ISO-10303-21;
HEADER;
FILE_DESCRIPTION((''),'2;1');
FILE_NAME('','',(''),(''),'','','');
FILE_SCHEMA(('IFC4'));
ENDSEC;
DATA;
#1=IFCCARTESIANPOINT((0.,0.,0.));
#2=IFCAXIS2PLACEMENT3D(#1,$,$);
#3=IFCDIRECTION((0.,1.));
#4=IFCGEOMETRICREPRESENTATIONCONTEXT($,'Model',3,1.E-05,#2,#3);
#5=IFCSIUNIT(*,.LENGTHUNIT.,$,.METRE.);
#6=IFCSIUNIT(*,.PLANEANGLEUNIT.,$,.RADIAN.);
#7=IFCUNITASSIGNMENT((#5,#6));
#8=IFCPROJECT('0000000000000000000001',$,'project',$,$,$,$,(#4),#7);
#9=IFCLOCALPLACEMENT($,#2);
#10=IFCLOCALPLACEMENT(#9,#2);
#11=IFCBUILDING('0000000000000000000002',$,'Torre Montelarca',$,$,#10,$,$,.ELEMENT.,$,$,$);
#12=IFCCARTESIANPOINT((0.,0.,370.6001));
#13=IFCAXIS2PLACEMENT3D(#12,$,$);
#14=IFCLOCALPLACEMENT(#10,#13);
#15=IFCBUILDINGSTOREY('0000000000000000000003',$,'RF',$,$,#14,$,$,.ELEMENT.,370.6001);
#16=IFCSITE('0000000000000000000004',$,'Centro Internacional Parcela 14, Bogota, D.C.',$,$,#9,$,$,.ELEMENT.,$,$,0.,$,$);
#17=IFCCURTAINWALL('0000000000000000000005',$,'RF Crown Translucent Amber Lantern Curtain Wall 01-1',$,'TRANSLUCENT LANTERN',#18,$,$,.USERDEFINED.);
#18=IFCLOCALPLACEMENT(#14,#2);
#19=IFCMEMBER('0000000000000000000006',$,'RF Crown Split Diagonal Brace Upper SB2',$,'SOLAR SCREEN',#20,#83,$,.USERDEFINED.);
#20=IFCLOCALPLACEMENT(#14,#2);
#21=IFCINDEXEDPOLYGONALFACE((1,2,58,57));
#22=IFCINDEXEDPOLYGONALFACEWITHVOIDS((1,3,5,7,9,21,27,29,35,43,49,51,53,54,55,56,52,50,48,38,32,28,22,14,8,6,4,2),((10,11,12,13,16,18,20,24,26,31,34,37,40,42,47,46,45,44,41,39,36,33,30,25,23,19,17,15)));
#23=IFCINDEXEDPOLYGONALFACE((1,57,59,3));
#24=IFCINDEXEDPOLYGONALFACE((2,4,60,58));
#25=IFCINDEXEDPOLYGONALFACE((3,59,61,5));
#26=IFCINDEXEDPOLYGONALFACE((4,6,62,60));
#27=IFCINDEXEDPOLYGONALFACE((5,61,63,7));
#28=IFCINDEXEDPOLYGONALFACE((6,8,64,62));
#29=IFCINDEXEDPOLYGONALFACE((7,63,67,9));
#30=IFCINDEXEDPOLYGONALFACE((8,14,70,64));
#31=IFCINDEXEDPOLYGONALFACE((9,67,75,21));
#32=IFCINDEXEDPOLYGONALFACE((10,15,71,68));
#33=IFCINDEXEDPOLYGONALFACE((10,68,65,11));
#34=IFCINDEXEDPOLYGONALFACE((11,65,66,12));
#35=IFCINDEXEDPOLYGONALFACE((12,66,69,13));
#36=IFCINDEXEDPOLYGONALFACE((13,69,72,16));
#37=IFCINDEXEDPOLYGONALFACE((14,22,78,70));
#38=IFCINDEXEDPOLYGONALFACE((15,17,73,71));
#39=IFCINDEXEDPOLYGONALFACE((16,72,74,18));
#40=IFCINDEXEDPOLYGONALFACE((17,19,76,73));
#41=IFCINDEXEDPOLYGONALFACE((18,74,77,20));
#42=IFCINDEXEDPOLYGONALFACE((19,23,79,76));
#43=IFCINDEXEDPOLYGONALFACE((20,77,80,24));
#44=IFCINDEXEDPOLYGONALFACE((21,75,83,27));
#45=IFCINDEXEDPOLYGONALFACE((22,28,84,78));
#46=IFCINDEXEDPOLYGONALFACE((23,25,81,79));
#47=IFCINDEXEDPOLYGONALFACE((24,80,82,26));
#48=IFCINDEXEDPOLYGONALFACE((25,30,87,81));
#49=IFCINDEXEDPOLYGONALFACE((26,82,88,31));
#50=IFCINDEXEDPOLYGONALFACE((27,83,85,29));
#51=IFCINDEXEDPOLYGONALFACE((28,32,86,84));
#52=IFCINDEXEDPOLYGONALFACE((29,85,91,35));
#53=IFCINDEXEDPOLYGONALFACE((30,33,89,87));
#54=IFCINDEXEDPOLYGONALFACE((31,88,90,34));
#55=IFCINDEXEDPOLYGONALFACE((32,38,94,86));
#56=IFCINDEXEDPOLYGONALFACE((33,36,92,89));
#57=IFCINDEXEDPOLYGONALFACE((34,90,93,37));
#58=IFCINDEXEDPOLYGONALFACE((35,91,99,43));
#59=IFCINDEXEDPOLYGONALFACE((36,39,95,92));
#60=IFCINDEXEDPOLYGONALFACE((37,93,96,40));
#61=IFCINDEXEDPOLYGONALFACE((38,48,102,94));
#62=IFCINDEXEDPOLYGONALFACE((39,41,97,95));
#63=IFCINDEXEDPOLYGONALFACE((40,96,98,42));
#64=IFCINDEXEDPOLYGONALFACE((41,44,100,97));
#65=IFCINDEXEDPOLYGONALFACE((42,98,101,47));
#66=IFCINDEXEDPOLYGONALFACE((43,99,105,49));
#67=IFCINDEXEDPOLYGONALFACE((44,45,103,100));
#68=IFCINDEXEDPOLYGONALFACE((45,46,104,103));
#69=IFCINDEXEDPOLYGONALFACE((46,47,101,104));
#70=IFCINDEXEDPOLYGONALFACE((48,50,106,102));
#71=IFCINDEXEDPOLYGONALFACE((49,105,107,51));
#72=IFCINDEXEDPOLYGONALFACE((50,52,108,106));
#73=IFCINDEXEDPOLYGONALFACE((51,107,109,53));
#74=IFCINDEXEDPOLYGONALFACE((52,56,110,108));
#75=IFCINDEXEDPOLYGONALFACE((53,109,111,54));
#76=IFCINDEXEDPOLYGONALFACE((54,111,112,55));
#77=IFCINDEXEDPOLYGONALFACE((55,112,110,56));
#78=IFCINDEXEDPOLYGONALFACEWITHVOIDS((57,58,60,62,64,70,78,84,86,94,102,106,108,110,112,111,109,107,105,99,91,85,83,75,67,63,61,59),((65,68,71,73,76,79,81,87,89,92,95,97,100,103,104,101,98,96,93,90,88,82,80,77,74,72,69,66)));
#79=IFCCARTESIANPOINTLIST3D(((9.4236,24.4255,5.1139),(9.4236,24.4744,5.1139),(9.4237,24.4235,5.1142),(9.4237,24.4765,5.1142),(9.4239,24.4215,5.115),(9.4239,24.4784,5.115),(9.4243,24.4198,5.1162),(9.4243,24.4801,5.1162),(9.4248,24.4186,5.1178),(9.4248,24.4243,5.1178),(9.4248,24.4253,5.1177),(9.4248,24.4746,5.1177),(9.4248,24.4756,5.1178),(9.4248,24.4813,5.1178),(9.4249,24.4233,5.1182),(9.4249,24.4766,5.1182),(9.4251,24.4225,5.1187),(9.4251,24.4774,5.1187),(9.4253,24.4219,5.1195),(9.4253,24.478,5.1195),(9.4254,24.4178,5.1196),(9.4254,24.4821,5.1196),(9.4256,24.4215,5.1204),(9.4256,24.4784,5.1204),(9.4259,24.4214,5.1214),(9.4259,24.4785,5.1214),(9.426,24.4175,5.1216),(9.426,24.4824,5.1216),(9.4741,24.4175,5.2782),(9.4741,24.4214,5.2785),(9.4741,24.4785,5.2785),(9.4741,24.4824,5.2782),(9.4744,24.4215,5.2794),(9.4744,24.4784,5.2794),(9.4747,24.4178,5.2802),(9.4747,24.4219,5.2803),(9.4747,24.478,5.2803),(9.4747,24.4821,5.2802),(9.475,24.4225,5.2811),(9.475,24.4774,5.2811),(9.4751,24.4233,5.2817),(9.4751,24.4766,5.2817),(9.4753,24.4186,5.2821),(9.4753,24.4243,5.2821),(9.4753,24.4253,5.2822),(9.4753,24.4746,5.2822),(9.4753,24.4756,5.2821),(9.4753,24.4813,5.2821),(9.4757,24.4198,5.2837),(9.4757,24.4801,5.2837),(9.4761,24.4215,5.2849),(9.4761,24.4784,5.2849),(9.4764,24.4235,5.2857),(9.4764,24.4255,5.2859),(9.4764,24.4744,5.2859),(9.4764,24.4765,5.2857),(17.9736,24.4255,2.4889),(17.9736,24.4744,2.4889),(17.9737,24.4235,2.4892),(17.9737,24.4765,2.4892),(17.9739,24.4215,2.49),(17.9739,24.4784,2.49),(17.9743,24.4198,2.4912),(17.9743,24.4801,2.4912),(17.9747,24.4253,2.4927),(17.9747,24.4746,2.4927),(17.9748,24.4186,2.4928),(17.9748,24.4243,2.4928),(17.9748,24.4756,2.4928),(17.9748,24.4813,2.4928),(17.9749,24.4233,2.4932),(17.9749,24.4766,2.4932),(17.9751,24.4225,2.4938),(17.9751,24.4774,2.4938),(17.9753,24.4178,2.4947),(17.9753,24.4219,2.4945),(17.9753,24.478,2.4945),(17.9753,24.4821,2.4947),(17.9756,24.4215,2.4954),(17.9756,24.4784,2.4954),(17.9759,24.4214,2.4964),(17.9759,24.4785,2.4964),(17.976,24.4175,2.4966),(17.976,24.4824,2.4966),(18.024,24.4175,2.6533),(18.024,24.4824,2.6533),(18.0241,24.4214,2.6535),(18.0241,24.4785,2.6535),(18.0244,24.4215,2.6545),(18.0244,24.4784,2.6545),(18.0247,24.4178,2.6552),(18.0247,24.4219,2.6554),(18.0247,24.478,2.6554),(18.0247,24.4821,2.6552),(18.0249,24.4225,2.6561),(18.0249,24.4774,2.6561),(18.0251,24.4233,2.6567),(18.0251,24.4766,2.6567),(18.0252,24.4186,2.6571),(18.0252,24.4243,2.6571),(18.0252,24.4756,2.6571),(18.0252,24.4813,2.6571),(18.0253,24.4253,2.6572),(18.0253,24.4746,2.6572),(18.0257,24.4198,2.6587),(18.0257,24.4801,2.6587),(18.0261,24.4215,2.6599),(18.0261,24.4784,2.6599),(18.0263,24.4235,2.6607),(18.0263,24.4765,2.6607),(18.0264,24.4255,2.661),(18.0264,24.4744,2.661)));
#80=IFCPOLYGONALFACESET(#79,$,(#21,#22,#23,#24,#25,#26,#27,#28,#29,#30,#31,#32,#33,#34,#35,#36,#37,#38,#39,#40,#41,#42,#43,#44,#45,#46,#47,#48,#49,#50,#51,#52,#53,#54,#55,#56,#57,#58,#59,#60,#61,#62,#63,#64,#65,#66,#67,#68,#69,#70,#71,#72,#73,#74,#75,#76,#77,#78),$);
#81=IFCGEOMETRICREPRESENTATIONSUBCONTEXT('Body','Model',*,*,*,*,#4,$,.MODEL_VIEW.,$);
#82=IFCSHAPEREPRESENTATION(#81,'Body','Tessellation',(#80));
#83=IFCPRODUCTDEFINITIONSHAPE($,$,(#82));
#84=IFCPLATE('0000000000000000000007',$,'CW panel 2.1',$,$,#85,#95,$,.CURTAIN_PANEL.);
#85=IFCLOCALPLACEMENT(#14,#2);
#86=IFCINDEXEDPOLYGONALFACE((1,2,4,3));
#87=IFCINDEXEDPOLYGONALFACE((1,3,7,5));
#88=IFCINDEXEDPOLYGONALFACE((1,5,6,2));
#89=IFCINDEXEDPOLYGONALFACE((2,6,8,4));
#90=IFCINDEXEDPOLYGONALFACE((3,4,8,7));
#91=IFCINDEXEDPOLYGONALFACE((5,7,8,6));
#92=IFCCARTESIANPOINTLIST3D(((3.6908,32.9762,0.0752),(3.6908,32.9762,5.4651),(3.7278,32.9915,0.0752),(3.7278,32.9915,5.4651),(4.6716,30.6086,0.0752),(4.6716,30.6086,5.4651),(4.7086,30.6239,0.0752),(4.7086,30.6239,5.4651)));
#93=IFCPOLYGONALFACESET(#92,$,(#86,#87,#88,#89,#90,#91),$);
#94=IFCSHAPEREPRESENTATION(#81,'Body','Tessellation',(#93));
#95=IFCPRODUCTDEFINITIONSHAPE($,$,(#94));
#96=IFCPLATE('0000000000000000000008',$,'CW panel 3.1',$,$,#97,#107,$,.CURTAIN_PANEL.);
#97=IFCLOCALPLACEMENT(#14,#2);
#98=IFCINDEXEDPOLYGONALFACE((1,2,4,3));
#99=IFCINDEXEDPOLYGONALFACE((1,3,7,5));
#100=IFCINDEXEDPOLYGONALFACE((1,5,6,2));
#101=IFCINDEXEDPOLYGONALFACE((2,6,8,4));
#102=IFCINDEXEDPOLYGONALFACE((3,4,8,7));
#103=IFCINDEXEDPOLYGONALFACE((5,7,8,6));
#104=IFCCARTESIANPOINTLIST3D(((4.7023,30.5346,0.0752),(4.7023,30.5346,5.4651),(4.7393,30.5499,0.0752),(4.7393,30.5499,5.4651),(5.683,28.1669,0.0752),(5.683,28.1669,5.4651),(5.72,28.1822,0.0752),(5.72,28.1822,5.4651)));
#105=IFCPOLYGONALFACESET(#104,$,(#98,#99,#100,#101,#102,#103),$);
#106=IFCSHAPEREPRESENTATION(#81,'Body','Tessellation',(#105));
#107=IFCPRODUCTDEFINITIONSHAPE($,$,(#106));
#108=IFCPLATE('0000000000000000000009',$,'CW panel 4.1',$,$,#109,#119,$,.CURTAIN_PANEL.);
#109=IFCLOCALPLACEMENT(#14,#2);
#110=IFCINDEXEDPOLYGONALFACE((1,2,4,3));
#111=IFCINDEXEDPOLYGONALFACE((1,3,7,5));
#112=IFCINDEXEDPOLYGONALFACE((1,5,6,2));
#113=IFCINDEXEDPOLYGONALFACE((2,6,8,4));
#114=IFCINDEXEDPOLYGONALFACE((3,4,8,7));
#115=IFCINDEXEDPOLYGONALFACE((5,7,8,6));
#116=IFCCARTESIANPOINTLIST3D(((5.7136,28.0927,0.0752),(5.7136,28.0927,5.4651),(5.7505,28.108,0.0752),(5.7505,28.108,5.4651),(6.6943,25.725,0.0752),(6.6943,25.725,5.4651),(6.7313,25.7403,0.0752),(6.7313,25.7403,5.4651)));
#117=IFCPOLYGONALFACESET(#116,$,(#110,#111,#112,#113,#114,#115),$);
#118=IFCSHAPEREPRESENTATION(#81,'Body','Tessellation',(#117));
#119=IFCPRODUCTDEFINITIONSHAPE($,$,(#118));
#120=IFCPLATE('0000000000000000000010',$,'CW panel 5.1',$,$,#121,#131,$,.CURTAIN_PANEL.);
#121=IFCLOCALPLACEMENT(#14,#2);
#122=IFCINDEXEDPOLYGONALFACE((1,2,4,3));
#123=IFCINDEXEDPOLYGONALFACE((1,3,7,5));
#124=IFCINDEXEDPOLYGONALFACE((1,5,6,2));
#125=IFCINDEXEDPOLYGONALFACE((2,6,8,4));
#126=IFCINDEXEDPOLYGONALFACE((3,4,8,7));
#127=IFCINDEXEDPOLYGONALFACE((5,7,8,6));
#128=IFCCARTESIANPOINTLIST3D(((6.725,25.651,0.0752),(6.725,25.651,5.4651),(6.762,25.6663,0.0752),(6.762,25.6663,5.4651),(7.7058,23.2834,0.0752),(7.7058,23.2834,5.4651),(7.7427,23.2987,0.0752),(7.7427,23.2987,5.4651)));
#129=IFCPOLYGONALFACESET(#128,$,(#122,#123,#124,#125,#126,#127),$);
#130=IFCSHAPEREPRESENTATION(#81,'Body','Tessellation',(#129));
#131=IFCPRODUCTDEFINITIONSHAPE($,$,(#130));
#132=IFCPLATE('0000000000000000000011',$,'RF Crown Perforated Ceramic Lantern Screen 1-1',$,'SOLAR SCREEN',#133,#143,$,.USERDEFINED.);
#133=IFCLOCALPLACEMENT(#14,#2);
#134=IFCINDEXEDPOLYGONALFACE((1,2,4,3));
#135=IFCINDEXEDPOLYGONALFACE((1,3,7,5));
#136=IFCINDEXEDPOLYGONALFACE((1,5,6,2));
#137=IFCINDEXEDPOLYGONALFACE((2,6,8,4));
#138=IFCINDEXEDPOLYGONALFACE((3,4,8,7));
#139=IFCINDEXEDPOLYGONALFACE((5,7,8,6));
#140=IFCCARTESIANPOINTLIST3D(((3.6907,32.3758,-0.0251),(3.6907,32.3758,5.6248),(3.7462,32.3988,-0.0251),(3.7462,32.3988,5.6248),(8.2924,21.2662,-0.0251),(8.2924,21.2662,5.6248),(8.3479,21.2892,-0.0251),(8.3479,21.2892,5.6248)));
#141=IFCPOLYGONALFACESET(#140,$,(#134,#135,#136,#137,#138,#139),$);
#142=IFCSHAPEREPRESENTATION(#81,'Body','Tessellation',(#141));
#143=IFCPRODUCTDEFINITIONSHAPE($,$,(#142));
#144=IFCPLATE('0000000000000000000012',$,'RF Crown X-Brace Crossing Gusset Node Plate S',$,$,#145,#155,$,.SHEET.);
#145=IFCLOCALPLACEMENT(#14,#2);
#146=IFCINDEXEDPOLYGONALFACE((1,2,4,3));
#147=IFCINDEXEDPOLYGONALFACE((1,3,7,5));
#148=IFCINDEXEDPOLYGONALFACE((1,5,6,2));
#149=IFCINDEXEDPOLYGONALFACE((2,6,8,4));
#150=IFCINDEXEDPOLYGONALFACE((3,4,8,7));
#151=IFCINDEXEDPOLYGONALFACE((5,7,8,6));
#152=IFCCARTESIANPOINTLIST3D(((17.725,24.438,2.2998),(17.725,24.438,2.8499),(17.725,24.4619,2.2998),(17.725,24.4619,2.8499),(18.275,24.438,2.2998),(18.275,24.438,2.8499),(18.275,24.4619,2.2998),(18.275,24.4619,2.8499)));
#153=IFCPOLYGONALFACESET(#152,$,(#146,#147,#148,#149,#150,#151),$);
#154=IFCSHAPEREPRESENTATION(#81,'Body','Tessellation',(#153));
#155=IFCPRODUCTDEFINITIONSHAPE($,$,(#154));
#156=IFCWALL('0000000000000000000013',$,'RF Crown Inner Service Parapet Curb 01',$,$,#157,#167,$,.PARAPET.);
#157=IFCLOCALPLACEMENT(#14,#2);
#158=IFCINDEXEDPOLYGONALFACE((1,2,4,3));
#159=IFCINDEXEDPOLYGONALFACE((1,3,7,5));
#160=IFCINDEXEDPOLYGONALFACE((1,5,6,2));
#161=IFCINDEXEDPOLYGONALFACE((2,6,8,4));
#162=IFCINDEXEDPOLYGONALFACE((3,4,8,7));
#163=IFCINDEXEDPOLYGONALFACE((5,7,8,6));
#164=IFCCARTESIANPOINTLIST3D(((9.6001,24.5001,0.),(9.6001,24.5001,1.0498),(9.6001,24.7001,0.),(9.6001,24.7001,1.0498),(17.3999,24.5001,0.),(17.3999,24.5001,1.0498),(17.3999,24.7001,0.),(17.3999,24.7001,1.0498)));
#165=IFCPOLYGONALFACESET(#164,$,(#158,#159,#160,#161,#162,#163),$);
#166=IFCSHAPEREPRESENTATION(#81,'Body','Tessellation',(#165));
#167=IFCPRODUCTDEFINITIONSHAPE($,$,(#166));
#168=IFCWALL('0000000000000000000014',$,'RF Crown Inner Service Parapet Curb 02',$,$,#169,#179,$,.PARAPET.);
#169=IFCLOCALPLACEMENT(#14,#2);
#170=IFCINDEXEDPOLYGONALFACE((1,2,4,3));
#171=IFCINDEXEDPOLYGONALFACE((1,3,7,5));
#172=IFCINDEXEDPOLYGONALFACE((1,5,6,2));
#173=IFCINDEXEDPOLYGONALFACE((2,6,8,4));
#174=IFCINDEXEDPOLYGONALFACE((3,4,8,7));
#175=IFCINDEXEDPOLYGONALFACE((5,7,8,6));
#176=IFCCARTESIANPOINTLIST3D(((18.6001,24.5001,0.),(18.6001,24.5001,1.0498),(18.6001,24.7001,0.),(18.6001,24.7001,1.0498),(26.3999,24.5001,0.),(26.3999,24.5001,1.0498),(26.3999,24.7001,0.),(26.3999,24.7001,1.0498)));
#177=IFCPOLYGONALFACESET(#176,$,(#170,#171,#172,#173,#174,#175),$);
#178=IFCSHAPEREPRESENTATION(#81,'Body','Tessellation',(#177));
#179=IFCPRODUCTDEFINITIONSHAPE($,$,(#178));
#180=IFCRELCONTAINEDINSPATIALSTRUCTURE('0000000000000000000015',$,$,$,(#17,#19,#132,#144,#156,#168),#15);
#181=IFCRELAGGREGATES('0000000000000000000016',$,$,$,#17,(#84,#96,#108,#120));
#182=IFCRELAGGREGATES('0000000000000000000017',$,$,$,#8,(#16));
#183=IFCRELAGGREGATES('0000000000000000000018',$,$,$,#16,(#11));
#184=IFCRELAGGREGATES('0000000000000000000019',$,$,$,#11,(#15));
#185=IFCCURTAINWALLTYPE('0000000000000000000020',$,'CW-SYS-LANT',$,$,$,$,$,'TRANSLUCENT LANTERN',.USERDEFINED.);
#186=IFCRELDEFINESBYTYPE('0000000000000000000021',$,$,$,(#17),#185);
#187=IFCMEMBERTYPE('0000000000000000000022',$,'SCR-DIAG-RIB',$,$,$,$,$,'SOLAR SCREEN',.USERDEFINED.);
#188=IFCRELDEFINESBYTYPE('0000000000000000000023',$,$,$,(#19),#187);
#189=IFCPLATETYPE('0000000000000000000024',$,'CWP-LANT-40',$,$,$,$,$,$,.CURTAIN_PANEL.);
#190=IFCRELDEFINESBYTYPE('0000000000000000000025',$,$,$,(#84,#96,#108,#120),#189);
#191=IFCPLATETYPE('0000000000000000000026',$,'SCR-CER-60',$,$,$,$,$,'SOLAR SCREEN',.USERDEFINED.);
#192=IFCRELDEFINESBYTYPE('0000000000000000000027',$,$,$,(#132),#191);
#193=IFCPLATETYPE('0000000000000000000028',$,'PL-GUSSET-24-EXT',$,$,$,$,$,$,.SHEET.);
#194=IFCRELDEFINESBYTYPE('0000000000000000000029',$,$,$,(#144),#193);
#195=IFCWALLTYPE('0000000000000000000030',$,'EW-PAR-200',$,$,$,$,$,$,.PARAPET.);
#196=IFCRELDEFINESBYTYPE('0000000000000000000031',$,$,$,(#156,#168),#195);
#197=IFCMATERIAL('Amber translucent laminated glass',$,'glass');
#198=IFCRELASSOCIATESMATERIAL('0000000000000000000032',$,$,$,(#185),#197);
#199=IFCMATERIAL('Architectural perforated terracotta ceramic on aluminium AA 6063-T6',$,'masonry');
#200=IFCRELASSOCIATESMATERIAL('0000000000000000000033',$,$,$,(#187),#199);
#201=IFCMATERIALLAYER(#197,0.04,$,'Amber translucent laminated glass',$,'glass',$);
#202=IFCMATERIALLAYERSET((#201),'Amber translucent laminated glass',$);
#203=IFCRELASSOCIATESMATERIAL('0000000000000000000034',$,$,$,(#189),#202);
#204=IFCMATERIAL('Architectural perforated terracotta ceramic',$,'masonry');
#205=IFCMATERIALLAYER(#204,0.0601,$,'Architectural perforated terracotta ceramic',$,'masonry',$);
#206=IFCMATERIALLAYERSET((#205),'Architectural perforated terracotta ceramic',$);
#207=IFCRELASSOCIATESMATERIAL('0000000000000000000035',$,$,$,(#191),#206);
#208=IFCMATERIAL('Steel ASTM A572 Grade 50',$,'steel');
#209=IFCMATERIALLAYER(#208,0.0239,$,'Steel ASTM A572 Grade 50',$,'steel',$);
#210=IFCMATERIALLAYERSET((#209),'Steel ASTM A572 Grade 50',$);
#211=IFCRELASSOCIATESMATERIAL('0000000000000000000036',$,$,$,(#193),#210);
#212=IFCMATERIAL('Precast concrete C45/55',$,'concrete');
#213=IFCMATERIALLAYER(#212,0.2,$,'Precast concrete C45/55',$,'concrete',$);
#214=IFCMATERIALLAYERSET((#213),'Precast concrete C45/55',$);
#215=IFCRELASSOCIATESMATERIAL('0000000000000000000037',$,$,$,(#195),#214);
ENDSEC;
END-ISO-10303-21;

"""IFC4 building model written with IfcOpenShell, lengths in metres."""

from ifc_helpers import new_model, si_unit, direction, frame, frame_2d, origin, origin_2d, place, context, subcontext, project, spatial, rectangle, hollow_rectangle, extrude, source, transform, mapped, material, layer, layer_set, material_profile, profile_set, type_object, element, aggregate, save


model = new_model("IFC4")

# Units and contexts
model_context = context("Model", 3, precision=1e-05, world=origin(), true_north=direction((0.0, 1.0)))
body_context = subcontext(model_context, "Body", "Model", "MODEL_VIEW")
ifc_project = project(units=[si_unit("LENGTHUNIT", "METRE"), si_unit("PLANEANGLEUNIT", "RADIAN")], contexts=[model_context])

# Site, building, storey
site_placement = place(None, origin())
site = spatial("IfcSite", under=ifc_project, at=site_placement, Name="Centro Internacional Parcela 14, Bogota, D.C.", CompositionType="ELEMENT", RefElevation=0.0)
building_placement = place(site_placement, origin())
building = spatial("IfcBuilding", under=site, at=building_placement, Name="Torre Montelarca", CompositionType="ELEMENT")
storey_placement = place(building_placement, frame((0.0, 0.0, 370.6001)))
storey = spatial("IfcBuildingStorey", under=building, at=storey_placement, Name="RF", CompositionType="ELEMENT", Elevation=370.6001)

# Curtain wall
ifc_material_1 = material(Name="Amber translucent laminated glass", Category="glass")
curtain_wall_type = type_object("IfcCurtainWallType", Name="CW-SYS-LANT", ElementType="TRANSLUCENT LANTERN", PredefinedType="USERDEFINED", material=ifc_material_1)
curtain_wall_placement = place(storey_placement, origin())
curtain_wall = element("IfcCurtainWall", 1, at=curtain_wall_placement, inside=storey, type_object=curtain_wall_type, Name="RF Crown Translucent Amber Lantern Curtain Wall 01-1", ObjectType="TRANSLUCENT LANTERN", PredefinedType="USERDEFINED")

# Member
ifc_material_2 = material(Name="Architectural perforated terracotta ceramic on aluminium AA 6063-T6", Category="masonry")
ifc_material_profile_1 = material_profile(ifc_material_2, hollow_rectangle(XDim=0.0649, YDim=0.1799, WallThickness=0.0039, InnerFilletRadius=0.0039, OuterFilletRadius=0.0081, at=origin_2d()), Name="ALU65X180X4", Category="masonry")
ifc_profile_set_1 = profile_set([ifc_material_profile_1], Name="Architectural perforated terracotta ceramic on aluminium AA 6063-T6")
member_type_1 = type_object("IfcMemberType", Name="SCR-DIAG-RIB", ElementType="SOLAR SCREEN", PredefinedType="USERDEFINED", material=ifc_profile_set_1)
shared_shape_1 = source(origin(), body_context, "Body", "SweptSolid", [
    extrude(hollow_rectangle(XDim=0.0649, YDim=0.1799, WallThickness=0.0039, InnerFilletRadius=0.0039, OuterFilletRadius=0.0081, at=origin_2d()), origin(), (0.0, 0.0, 1.0), 8.9438),
])
member_1_placement = place(storey_placement, frame((18.0, 24.45, 2.575), z_axis=(-0.955961, 0.0, 0.293495), x_axis=(0.0, -1.0, 0.0)))
element("IfcMember", 2, at=member_1_placement, inside=storey, type_object=member_type_1, Name="RF Crown Split Diagonal Brace Upper SB2", ObjectType="SOLAR SCREEN", PredefinedType="USERDEFINED", context=body_context, shape_type="MappedRepresentation", body=[
    mapped(shared_shape_1, transform((0.0, 0.0, 0.0), scale=1.0)),
])

# Plates
ifc_layer_1 = layer(ifc_material_1, 0.04, Name="Amber translucent laminated glass", Category="glass")
ifc_layer_set_1 = layer_set([ifc_layer_1], Name="Amber translucent laminated glass")
plate_type_1 = type_object("IfcPlateType", Name="CWP-LANT-40", PredefinedType="CURTAIN_PANEL", material=ifc_layer_set_1)
shared_shape_2 = source(origin(), body_context, "Body", "SweptSolid", [
    extrude(rectangle(XDim=2.5627, YDim=0.04, at=origin_2d()), origin(), (0.0, 0.0, 1.0), 5.3899),
])
plate_1_placement = place(storey_placement, frame((4.1997, 31.8, 0.0752), z_axis=(0.0, 0.0, 1.0), x_axis=(0.382685, -0.923879, 0.0)))
plate_1 = element("IfcPlate", 3, at=plate_1_placement, type_object=plate_type_1, Name="CW panel 2.1", PredefinedType="CURTAIN_PANEL", context=body_context, shape_type="MappedRepresentation", body=[
    mapped(shared_shape_2, transform((0.0, 0.0, 0.0), scale=1.0)),
])
plate_2_placement = place(storey_placement, frame((5.2112, 29.3584, 0.0752), z_axis=(0.0, 0.0, 1.0), x_axis=(0.382685, -0.923879, 0.0)))
plate_2 = element("IfcPlate", 4, at=plate_2_placement, type_object=plate_type_1, Name="CW panel 3.1", PredefinedType="CURTAIN_PANEL", context=body_context, shape_type="MappedRepresentation", body=[
    mapped(shared_shape_2, transform((0.0, 0.0, 0.0), scale=1.0)),
])
plate_3_placement = place(storey_placement, frame((6.2224, 26.9165, 0.0752), z_axis=(0.0, 0.0, 1.0), x_axis=(0.382685, -0.923879, 0.0)))
plate_3 = element("IfcPlate", 5, at=plate_3_placement, type_object=plate_type_1, Name="CW panel 4.1", PredefinedType="CURTAIN_PANEL", context=body_context, shape_type="MappedRepresentation", body=[
    mapped(shared_shape_2, transform((0.0, 0.0, 0.0), scale=1.0)),
])
plate_4_placement = place(storey_placement, frame((7.2339, 24.4749, 0.0752), z_axis=(0.0, 0.0, 1.0), x_axis=(0.382685, -0.923879, 0.0)))
plate_4 = element("IfcPlate", 6, at=plate_4_placement, type_object=plate_type_1, Name="CW panel 5.1", PredefinedType="CURTAIN_PANEL", context=body_context, shape_type="MappedRepresentation", body=[
    mapped(shared_shape_2, transform((0.0, 0.0, 0.0), scale=1.0)),
])
aggregate(curtain_wall, [plate_1, plate_2, plate_3, plate_4])

# Plates
ifc_material_3 = material(Name="Architectural perforated terracotta ceramic", Category="masonry")
ifc_layer_2 = layer(ifc_material_3, 0.0601, Name="Architectural perforated terracotta ceramic", Category="masonry")
ifc_layer_set_2 = layer_set([ifc_layer_2], Name="Architectural perforated terracotta ceramic")
plate_type_2 = type_object("IfcPlateType", Name="SCR-CER-60", ElementType="SOLAR SCREEN", PredefinedType="USERDEFINED", material=ifc_layer_set_2)
shared_shape_3 = source(origin(), body_context, "Body", "SweptSolid", [
    extrude(rectangle(XDim=12.0249, YDim=0.0601, at=origin_2d()), origin(), (0.0, 0.0, 1.0), 5.6499),
])
plate_5_placement = place(storey_placement, frame((6.0193, 26.8325, -0.0251), z_axis=(0.0, 0.0, 1.0), x_axis=(0.382683, -0.92388, 0.0)))
element("IfcPlate", 7, at=plate_5_placement, inside=storey, type_object=plate_type_2, Name="RF Crown Perforated Ceramic Lantern Screen 1-1", ObjectType="SOLAR SCREEN", PredefinedType="USERDEFINED", context=body_context, shape_type="MappedRepresentation", body=[
    mapped(shared_shape_3, transform((0.0, 0.0, 0.0), scale=1.0)),
])
ifc_material_4 = material(Name="Steel ASTM A572 Grade 50", Category="steel")
ifc_layer_3 = layer(ifc_material_4, 0.0239, Name="Steel ASTM A572 Grade 50", Category="steel")
ifc_layer_set_3 = layer_set([ifc_layer_3], Name="Steel ASTM A572 Grade 50")
plate_type_3 = type_object("IfcPlateType", Name="PL-GUSSET-24-EXT", PredefinedType="SHEET", material=ifc_layer_set_3)
shared_shape_4 = source(origin(), body_context, "Body", "SweptSolid", [
    extrude(rectangle(XDim=0.55, YDim=0.0239, at=origin_2d()), origin(), (0.0, 0.0, 1.0), 0.55),
])
plate_6_placement = place(storey_placement, frame((18.0, 24.45, 2.2998), z_axis=(0.0, 0.0, 1.0), x_axis=(1.0, 0.0, 0.0)))
element("IfcPlate", 8, at=plate_6_placement, inside=storey, type_object=plate_type_3, Name="RF Crown X-Brace Crossing Gusset Node Plate S", PredefinedType="SHEET", context=body_context, shape_type="MappedRepresentation", body=[
    mapped(shared_shape_4, transform((0.0, 0.0, 0.0), scale=1.0)),
])

# Walls
ifc_material_5 = material(Name="Precast concrete C45/55", Category="concrete")
ifc_layer_4 = layer(ifc_material_5, 0.2, Name="Precast concrete C45/55", Category="concrete")
ifc_layer_set_4 = layer_set([ifc_layer_4], Name="Precast concrete C45/55")
wall_type = type_object("IfcWallType", Name="EW-PAR-200", PredefinedType="PARAPET", material=ifc_layer_set_4)
for number, where, z_axis, x_axis, name in (
    (9, (9.6001, 24.6001, 0.0), (0.0, 0.0, 1.0), (1.0, 0.0, 0.0), "RF Crown Inner Service Parapet Curb 01"),
    (10, (18.6001, 24.6001, 0.0), (0.0, 0.0, 1.0), (1.0, 0.0, 0.0), "RF Crown Inner Service Parapet Curb 02"),
):
    element("IfcWall", number, at=place(storey_placement, frame(where, z_axis=z_axis, x_axis=x_axis)), inside=storey, type_object=wall_type, Name=name, PredefinedType="PARAPET", context=body_context, shape_type="SweptSolid", body=[
        extrude(rectangle(XDim=7.7998, YDim=0.2, at=frame_2d((3.8999, 0.0))), origin(), (0.0, 0.0, 1.0), 1.0498),
    ])

save(model, "model.ifc")
